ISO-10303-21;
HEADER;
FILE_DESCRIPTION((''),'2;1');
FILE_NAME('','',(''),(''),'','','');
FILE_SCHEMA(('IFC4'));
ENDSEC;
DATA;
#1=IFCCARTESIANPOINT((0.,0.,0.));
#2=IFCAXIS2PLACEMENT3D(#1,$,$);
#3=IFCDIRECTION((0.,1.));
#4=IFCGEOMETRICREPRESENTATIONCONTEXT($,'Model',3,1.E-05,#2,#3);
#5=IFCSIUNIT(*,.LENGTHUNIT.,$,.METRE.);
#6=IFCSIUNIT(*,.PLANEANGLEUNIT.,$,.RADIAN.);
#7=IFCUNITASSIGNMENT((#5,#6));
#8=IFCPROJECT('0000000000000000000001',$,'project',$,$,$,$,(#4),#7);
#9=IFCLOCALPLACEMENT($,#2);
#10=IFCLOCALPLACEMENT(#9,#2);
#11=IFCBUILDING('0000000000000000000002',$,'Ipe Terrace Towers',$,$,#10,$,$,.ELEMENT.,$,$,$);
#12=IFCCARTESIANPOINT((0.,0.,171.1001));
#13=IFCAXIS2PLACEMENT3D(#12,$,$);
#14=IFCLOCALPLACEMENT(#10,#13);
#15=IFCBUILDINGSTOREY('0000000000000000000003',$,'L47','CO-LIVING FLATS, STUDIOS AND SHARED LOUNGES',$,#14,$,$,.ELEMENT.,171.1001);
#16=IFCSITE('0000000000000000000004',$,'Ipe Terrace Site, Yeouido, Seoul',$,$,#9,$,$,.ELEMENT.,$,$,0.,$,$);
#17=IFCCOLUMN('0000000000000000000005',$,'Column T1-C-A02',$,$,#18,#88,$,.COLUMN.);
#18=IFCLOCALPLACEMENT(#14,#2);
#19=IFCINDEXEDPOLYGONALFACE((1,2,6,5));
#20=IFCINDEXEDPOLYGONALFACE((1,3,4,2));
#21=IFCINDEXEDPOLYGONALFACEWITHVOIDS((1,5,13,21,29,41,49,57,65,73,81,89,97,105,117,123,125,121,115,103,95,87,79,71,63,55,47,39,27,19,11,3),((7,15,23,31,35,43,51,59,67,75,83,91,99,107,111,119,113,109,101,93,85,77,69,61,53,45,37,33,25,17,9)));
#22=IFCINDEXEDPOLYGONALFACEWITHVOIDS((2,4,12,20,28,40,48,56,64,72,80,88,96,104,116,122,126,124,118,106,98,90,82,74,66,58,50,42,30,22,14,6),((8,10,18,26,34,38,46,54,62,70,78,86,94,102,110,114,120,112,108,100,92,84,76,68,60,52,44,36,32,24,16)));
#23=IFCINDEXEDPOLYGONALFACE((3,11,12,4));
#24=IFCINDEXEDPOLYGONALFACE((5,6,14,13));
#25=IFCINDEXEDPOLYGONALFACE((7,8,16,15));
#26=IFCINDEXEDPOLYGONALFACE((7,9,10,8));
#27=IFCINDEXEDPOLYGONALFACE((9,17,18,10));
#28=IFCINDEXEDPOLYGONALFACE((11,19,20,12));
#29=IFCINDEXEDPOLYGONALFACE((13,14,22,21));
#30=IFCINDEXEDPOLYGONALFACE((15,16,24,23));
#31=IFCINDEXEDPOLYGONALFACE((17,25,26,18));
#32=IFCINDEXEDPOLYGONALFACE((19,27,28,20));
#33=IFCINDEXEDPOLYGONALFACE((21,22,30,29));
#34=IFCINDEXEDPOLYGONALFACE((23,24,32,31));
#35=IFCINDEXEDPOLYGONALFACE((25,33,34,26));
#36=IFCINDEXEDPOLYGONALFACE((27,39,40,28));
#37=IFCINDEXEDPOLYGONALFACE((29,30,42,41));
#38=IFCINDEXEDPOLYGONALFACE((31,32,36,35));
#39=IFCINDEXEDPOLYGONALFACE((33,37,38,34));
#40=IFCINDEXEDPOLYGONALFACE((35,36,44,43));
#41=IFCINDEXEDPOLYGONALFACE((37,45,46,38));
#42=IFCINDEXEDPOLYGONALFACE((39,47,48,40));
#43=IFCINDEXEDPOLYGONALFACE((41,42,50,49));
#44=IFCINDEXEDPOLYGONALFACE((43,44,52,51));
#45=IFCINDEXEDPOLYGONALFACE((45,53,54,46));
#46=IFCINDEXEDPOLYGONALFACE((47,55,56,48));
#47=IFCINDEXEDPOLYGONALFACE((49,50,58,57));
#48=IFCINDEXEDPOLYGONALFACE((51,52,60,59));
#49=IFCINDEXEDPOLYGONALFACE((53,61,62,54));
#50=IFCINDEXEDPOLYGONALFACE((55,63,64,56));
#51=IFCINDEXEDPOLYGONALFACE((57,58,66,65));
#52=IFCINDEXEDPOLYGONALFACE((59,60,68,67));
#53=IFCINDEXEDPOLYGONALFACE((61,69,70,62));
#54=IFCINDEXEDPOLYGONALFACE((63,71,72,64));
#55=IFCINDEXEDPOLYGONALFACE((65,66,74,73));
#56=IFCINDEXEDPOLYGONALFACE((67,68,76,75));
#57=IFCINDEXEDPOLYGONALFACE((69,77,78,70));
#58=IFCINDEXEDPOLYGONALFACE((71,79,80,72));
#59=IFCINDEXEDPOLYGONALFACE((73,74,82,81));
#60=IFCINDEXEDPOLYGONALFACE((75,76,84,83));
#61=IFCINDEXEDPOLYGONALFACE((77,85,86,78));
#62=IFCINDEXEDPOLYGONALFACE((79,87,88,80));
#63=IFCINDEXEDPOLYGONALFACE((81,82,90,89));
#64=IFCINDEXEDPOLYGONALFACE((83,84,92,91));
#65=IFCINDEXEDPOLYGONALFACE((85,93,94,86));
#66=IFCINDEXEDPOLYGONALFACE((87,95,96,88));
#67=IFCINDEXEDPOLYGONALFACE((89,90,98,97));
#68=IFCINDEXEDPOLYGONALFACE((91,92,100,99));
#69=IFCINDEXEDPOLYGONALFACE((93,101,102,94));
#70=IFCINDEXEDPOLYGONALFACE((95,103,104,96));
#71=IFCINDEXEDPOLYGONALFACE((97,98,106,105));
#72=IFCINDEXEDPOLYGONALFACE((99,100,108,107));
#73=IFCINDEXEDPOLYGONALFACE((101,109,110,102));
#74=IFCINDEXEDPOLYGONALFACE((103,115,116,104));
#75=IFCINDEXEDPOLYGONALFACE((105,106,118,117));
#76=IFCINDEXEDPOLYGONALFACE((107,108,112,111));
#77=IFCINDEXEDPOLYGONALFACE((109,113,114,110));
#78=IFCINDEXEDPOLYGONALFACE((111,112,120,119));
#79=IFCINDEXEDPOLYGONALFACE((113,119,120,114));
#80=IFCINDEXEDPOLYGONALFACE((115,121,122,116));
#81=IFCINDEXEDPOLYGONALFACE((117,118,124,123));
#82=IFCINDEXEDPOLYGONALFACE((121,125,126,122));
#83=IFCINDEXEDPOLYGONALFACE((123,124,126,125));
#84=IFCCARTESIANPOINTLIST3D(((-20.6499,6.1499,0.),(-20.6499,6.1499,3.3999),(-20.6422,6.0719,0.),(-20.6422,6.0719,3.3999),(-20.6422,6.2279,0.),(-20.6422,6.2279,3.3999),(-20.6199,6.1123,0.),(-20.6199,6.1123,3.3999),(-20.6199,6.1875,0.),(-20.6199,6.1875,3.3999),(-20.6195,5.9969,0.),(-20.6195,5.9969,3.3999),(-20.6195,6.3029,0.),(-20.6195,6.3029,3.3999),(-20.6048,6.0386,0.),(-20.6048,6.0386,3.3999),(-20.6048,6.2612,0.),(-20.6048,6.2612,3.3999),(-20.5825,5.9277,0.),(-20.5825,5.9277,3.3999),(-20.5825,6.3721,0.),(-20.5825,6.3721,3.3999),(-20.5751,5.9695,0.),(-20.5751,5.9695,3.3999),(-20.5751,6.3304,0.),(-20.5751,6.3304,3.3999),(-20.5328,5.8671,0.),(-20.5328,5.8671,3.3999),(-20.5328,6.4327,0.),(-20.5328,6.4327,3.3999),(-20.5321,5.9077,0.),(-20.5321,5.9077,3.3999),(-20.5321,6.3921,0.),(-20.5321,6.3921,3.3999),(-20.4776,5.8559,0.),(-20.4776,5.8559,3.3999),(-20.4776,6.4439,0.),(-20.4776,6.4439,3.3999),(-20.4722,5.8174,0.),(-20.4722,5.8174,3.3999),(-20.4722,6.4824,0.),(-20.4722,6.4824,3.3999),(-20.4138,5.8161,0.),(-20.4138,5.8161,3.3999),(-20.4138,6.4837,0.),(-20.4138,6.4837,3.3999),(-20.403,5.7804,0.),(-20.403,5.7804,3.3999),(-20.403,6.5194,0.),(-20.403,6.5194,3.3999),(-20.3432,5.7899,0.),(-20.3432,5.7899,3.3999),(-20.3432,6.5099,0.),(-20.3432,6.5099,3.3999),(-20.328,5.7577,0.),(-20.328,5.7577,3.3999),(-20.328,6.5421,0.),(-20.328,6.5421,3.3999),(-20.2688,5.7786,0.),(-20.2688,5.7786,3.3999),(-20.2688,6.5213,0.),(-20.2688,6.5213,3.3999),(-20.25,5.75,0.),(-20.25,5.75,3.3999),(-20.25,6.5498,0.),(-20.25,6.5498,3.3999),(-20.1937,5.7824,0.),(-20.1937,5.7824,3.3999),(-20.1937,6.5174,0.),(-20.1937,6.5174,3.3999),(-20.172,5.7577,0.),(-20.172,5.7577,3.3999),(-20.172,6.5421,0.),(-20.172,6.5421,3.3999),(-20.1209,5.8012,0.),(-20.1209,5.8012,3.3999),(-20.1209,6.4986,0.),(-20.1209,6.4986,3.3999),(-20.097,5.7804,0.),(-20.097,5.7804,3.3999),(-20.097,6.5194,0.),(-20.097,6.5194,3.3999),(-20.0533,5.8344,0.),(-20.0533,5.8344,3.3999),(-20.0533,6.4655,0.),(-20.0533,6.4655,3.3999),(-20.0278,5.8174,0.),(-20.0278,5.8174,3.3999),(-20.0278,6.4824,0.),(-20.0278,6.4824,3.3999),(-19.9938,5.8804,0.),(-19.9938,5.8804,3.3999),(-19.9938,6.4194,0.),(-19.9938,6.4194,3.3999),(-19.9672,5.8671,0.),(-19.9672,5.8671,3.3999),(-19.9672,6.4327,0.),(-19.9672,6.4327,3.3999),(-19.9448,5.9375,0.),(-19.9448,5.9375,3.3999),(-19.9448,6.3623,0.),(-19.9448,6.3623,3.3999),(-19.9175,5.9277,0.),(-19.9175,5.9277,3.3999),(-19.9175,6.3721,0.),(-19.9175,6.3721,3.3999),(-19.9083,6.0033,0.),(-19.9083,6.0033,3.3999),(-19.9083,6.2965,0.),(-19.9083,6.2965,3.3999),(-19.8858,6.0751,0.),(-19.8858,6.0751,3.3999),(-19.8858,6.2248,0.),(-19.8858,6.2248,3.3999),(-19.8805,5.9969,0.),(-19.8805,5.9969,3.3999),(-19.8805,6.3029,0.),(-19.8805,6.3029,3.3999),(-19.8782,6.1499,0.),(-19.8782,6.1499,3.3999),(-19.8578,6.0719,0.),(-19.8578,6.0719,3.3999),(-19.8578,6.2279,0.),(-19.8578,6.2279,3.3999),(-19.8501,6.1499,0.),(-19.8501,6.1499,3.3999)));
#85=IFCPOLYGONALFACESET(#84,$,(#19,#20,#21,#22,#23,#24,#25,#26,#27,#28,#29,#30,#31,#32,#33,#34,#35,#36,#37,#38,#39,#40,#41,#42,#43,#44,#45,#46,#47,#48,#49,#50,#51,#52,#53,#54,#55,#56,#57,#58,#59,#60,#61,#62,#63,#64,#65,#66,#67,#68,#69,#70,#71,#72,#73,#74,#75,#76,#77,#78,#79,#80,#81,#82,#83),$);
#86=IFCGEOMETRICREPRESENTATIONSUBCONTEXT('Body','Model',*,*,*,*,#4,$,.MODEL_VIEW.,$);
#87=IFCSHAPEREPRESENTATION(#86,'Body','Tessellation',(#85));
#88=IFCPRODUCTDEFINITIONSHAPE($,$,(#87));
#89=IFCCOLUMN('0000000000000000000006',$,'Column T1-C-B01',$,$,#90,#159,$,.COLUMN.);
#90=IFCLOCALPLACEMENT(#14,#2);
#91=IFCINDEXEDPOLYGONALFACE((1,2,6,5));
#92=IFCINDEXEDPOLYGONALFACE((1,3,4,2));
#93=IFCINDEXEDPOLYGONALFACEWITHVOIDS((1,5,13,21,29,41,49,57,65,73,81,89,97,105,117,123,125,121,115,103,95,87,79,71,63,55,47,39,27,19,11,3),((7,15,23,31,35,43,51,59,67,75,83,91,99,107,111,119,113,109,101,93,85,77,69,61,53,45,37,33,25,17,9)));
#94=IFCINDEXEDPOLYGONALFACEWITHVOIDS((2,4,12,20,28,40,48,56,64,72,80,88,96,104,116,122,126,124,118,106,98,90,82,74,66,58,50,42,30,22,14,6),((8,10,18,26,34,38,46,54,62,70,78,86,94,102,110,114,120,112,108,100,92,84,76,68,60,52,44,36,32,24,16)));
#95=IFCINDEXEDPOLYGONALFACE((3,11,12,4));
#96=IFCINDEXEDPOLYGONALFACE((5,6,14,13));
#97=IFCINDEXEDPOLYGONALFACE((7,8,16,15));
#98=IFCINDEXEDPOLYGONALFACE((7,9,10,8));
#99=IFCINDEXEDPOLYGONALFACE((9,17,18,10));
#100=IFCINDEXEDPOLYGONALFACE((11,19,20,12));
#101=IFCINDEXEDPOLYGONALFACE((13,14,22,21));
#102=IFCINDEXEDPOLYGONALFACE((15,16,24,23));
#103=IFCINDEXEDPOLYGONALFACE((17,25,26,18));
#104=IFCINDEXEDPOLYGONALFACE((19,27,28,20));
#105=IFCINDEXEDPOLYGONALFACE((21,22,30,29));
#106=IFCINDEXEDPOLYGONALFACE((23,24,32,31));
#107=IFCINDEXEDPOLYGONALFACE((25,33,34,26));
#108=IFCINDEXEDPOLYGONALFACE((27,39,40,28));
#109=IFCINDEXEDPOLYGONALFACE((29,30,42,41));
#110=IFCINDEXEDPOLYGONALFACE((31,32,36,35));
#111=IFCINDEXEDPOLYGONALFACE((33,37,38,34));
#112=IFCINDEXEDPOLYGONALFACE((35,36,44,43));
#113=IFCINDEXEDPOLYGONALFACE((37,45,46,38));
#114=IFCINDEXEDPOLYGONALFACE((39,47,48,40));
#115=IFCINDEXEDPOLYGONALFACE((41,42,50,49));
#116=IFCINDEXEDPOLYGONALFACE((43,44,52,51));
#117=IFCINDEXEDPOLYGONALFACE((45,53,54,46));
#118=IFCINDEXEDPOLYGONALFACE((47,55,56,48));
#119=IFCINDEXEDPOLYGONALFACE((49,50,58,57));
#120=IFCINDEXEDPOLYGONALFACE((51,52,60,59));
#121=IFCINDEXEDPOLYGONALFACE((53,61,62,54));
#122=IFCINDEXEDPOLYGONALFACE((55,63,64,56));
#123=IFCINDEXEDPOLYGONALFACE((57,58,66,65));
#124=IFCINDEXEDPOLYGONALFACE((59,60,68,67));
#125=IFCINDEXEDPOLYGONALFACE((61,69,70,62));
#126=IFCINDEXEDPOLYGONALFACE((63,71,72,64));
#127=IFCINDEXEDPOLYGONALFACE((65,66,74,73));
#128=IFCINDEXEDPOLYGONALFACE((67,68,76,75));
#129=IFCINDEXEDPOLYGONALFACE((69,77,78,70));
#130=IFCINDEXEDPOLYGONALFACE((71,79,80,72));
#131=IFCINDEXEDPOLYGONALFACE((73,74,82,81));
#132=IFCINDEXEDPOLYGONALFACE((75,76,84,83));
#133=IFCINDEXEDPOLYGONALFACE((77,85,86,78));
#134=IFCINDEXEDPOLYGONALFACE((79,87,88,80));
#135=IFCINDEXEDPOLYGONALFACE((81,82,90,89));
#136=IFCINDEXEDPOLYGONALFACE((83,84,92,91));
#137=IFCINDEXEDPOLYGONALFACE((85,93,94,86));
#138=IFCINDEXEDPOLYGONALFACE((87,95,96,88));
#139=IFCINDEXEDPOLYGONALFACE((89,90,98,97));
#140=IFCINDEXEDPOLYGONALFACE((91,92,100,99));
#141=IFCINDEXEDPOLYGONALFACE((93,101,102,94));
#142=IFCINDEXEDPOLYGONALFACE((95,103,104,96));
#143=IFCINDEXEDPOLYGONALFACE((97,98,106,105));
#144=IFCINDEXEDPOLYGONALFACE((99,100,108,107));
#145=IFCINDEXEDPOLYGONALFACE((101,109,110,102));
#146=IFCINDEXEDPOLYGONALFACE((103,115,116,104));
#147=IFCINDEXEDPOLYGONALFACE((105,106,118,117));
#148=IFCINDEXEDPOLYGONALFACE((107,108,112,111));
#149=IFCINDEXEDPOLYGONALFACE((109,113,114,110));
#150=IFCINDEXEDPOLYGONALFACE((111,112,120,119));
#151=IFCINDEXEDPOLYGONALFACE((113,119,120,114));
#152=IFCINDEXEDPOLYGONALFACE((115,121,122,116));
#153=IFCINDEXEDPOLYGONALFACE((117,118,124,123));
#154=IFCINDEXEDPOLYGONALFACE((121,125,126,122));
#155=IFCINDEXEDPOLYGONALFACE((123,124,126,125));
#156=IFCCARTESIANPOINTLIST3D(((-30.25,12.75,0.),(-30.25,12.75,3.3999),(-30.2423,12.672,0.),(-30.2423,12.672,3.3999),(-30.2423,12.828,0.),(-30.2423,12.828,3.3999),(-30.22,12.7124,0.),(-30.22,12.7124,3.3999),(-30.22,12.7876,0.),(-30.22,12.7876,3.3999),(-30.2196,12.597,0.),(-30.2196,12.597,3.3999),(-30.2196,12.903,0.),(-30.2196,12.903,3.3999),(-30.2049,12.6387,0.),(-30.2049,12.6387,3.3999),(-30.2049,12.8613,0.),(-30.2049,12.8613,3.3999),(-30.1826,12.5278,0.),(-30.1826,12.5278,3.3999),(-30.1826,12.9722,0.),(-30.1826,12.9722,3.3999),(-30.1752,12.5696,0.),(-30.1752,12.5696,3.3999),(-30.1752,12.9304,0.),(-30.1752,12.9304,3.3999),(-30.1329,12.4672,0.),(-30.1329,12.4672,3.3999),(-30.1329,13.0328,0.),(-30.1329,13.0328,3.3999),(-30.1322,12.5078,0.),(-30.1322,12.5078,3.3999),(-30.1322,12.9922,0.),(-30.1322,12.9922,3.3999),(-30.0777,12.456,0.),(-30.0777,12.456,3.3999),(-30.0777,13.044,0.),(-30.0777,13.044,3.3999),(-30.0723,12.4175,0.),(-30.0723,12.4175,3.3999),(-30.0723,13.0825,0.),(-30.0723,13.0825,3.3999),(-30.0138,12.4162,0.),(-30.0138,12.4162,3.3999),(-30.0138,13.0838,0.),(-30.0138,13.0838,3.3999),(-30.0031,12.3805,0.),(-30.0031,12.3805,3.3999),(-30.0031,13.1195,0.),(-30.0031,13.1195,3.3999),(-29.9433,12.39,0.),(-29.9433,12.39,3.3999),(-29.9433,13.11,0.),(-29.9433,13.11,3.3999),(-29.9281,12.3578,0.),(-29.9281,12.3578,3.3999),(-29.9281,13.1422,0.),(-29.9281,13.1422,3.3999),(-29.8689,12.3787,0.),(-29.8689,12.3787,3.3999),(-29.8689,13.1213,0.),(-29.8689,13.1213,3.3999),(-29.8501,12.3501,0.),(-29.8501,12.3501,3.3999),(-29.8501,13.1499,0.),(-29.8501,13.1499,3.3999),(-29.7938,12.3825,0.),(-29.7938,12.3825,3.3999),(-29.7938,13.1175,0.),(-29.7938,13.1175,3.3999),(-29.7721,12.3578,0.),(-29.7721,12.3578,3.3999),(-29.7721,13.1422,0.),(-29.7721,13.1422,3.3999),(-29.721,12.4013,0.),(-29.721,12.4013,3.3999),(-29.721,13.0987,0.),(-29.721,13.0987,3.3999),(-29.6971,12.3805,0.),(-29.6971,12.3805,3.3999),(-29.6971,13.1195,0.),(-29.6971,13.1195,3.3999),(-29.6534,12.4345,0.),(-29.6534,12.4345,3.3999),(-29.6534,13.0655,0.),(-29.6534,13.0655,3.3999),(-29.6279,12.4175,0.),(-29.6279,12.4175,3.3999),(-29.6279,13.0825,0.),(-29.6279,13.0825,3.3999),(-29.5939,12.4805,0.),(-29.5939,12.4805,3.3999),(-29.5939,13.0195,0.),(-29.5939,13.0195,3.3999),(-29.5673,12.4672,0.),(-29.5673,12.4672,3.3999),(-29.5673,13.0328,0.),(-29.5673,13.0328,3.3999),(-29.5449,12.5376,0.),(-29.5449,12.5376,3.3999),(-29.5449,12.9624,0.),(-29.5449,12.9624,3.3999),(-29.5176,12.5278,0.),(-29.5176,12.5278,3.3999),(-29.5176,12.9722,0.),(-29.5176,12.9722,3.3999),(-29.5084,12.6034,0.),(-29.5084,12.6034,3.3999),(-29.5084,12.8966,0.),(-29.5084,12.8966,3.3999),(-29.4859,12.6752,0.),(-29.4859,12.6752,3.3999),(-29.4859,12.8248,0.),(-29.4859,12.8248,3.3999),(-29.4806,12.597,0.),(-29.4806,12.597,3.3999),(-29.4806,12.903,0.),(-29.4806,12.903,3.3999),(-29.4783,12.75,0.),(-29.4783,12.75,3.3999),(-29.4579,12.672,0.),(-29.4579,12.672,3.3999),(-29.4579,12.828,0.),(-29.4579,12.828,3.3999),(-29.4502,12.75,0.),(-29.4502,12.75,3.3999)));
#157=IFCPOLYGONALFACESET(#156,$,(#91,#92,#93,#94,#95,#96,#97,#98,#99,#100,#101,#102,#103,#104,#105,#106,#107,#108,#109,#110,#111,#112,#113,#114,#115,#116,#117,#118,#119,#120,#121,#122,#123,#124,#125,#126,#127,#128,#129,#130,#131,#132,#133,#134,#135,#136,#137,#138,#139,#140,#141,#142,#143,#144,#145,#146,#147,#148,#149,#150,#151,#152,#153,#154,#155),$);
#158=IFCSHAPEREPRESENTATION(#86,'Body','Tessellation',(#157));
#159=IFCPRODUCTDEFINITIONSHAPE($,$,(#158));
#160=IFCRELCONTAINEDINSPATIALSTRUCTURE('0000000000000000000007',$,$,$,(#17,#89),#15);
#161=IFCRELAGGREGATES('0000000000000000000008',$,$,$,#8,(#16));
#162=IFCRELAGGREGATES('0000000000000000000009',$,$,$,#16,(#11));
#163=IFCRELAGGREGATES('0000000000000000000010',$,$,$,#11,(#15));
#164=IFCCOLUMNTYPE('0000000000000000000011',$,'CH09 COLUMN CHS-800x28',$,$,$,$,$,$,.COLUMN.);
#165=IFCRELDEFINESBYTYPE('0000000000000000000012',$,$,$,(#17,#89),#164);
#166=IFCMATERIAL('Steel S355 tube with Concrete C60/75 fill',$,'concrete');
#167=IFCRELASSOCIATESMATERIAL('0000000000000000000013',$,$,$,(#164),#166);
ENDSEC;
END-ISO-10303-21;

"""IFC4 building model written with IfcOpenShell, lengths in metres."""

from ifc_helpers import new_model, si_unit, direction, frame, origin, origin_2d, place, context, subcontext, project, spatial, hollow_circle, extrude, material, material_profile, profile_set, type_object, element, save


model = new_model("IFC4")

# Units and contexts
model_context = context("Model", 3, precision=1e-05, world=origin(), true_north=direction((0.0, 1.0)))
body_context = subcontext(model_context, "Body", "Model", "MODEL_VIEW")
ifc_project = project(units=[si_unit("LENGTHUNIT", "METRE"), si_unit("PLANEANGLEUNIT", "RADIAN")], contexts=[model_context])

# Site, building, storey
site_placement = place(None, origin())
site = spatial("IfcSite", under=ifc_project, at=site_placement, Name="Ipe Terrace Site, Yeouido, Seoul", CompositionType="ELEMENT", RefElevation=0.0)
building_placement = place(site_placement, origin())
building = spatial("IfcBuilding", under=site, at=building_placement, Name="Ipe Terrace Towers", CompositionType="ELEMENT")
storey_placement = place(building_placement, frame((0.0, 0.0, 171.1001)))
storey = spatial("IfcBuildingStorey", under=building, at=storey_placement, Name="L47", Description="CO-LIVING FLATS, STUDIOS AND SHARED LOUNGES", CompositionType="ELEMENT", Elevation=171.1001)

# Columns
ifc_material_1 = material(Name="Steel S355 tube with Concrete C60/75 fill", Category="concrete")
ifc_material_profile_1 = material_profile(ifc_material_1, hollow_circle(Radius=0.3999, WallThickness=0.0281, at=origin_2d()), Name="CHS-800x28")
ifc_profile_set_1 = profile_set([ifc_material_profile_1], Name="Steel S355 tube with Concrete C60/75 fill")
column_type_1 = type_object("IfcColumnType", Name="CH09 COLUMN CHS-800x28", PredefinedType="COLUMN", material=ifc_profile_set_1)
for number, where, z_axis, x_axis, name in (
    (1, (-20.25, 6.1499, 0.0), (0.0, 0.0, 1.0), (1.0, 0.0, 0.0), "Column T1-C-A02"),
    (2, (-29.8501, 12.75, 0.0), (0.0, 0.0, 1.0), (1.0, 0.0, 0.0), "Column T1-C-B01"),
):
    element("IfcColumn", number, at=place(storey_placement, frame(where, z_axis=z_axis, x_axis=x_axis)), inside=storey, type_object=column_type_1, Name=name, PredefinedType="COLUMN", context=body_context, shape_type="SweptSolid", body=[
        extrude(hollow_circle(Radius=0.3999, WallThickness=0.0281, at=origin_2d()), origin(), (0.0, 0.0, 1.0), 3.3999),
    ])

save(model, "model.ifc")
